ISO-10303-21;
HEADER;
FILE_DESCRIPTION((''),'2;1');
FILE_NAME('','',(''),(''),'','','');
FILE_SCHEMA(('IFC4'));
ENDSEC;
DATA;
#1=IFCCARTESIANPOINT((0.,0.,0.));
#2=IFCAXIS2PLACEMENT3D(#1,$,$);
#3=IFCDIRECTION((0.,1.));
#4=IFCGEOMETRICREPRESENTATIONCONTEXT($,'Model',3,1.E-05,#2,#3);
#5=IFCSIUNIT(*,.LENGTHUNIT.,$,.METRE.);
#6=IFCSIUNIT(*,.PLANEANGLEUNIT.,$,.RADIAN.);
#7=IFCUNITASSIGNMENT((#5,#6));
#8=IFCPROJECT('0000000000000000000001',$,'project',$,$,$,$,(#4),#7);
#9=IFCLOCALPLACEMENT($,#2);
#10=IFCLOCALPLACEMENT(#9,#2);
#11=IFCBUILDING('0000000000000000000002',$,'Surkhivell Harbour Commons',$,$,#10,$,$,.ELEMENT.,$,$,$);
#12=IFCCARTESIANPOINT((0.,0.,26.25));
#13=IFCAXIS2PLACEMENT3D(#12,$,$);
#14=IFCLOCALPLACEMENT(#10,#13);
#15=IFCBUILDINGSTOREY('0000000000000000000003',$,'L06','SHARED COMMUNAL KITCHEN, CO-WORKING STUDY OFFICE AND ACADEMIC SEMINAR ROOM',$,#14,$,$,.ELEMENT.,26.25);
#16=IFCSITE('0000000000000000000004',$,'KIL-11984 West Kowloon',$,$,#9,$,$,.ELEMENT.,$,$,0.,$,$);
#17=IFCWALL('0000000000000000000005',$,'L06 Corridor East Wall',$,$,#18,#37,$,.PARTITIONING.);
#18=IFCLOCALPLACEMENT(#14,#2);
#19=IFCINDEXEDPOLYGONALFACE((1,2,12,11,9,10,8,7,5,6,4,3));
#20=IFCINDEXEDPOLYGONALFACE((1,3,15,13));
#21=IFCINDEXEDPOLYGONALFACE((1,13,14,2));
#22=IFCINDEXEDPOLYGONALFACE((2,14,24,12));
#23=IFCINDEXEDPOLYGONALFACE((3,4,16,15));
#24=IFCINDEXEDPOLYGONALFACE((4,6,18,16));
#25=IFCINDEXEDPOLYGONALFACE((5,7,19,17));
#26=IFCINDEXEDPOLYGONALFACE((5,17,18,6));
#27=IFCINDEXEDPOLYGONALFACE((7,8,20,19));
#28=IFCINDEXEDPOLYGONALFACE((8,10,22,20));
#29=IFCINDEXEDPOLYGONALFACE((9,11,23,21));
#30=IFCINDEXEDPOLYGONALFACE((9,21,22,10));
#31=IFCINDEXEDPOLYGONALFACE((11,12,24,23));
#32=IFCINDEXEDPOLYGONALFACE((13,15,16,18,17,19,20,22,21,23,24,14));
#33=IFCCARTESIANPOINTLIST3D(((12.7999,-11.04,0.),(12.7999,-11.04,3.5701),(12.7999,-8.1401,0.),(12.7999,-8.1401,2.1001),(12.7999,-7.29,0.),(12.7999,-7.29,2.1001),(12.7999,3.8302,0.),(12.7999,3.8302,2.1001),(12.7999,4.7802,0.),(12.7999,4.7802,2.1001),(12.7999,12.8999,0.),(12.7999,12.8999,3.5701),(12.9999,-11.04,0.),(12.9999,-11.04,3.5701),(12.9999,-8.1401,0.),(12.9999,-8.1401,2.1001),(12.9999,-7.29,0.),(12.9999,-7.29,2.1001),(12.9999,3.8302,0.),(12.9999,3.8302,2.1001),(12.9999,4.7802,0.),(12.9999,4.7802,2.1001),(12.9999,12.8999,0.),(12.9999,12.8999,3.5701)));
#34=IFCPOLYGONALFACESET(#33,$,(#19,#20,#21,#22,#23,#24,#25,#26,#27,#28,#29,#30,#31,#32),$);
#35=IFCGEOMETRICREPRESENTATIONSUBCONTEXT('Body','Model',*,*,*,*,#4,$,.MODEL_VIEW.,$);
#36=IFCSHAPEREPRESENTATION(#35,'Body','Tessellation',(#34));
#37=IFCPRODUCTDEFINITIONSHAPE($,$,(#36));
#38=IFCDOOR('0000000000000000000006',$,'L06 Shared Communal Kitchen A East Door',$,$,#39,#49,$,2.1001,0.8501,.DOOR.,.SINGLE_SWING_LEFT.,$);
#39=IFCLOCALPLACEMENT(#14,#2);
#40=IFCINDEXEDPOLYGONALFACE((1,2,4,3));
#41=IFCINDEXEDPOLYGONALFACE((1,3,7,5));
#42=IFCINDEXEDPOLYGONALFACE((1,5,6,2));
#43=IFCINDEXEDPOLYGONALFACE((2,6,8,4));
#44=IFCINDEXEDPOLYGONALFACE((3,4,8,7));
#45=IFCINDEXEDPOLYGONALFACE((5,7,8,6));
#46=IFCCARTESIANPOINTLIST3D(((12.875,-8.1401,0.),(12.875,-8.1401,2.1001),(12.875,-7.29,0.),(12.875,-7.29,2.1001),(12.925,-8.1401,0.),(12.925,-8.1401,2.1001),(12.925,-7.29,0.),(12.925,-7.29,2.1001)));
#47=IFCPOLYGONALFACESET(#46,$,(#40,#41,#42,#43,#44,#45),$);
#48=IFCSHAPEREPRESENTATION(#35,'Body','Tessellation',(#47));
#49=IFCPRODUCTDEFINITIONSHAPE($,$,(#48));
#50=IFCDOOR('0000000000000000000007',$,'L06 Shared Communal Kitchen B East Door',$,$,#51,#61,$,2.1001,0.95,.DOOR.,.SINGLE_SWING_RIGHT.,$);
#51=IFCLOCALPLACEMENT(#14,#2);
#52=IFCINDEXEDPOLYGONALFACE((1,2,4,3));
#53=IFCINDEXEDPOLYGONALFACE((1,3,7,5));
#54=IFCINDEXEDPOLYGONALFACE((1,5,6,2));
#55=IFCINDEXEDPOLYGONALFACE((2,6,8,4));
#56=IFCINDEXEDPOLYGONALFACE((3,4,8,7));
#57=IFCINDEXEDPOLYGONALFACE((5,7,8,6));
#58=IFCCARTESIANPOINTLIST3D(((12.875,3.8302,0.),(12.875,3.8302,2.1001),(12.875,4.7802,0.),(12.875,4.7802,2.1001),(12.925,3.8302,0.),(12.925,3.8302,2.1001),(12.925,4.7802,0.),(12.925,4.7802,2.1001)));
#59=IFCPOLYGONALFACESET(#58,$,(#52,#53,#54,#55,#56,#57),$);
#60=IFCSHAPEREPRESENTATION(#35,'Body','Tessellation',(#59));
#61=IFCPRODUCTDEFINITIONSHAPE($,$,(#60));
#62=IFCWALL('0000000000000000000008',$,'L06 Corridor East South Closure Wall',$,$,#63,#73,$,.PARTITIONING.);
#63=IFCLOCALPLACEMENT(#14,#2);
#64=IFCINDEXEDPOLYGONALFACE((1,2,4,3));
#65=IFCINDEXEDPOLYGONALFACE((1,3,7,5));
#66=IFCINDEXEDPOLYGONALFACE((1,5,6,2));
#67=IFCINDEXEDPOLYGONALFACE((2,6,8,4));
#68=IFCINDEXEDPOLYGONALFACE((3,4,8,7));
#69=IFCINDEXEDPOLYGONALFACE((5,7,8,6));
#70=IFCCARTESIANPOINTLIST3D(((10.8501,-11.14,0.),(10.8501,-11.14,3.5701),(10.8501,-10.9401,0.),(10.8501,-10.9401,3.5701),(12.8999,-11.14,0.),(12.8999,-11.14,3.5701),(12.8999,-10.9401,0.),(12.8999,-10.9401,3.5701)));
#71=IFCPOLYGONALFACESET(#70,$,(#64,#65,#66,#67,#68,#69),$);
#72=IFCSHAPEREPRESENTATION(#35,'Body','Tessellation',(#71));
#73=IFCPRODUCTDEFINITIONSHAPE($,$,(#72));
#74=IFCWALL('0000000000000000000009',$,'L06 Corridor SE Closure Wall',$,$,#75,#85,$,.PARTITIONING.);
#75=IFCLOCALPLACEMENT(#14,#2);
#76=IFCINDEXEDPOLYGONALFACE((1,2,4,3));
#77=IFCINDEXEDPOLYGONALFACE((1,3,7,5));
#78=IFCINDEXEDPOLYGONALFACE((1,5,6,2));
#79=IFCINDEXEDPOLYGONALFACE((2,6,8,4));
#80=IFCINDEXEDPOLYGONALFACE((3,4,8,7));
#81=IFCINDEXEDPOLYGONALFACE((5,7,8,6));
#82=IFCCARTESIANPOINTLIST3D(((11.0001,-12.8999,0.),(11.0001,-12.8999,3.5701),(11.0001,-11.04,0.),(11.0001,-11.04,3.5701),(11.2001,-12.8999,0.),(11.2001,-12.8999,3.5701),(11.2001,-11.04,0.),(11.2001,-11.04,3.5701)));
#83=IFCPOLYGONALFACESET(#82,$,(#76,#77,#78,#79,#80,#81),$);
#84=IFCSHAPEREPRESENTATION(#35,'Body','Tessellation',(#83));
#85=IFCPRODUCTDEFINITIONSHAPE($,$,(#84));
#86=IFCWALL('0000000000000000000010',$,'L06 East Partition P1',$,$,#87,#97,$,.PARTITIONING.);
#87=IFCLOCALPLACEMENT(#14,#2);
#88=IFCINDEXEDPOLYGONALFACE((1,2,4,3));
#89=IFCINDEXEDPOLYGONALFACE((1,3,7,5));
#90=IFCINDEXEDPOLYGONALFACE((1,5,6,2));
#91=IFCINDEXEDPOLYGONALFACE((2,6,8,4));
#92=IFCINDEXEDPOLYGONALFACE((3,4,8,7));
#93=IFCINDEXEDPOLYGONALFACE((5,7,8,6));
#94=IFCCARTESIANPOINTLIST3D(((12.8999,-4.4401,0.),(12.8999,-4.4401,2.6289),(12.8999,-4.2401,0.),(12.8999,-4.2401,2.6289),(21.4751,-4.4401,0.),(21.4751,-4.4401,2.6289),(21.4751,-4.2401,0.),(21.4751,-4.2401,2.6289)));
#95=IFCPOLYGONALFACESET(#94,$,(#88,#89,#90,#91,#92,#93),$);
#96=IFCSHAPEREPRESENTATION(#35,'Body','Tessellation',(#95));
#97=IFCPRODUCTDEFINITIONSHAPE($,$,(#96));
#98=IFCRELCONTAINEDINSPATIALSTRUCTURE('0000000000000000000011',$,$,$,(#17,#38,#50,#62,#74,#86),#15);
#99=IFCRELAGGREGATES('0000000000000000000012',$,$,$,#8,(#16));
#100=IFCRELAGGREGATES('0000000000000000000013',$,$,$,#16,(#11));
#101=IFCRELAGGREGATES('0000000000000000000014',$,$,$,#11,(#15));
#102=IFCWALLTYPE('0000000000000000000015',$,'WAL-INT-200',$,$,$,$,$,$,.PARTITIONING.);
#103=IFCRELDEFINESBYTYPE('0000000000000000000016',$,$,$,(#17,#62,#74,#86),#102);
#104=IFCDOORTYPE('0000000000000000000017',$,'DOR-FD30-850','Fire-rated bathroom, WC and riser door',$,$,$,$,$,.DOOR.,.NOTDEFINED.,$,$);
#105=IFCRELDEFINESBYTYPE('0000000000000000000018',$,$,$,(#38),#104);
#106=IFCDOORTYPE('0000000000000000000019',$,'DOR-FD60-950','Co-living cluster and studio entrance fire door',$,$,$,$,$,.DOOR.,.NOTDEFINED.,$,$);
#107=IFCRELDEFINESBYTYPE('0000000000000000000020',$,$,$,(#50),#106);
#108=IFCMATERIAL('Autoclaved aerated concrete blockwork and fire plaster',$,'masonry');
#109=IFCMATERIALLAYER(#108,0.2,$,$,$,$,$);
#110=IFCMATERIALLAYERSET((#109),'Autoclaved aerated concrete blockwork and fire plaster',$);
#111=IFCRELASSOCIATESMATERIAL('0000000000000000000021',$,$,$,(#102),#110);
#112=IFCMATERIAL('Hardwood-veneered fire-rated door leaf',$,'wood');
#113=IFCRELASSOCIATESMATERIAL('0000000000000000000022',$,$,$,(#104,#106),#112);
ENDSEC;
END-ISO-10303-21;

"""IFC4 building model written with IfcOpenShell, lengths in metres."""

from ifc_helpers import new_model, si_unit, direction, frame, frame_2d, origin, place, context, subcontext, project, spatial, rectangle, extrude, material, layer, layer_set, type_object, element, fill, save


model = new_model("IFC4")

# Units and contexts
model_context = context("Model", 3, precision=1e-05, world=origin(), true_north=direction((0.0, 1.0)))
body_context = subcontext(model_context, "Body", "Model", "MODEL_VIEW")
ifc_project = project(units=[si_unit("LENGTHUNIT", "METRE"), si_unit("PLANEANGLEUNIT", "RADIAN")], contexts=[model_context])

# Site, building, storey
site_placement = place(None, origin())
site = spatial("IfcSite", under=ifc_project, at=site_placement, Name="KIL-11984 West Kowloon", CompositionType="ELEMENT", RefElevation=0.0)
building_placement = place(site_placement, origin())
building = spatial("IfcBuilding", under=site, at=building_placement, Name="Surkhivell Harbour Commons", CompositionType="ELEMENT")
storey_placement = place(building_placement, frame((0.0, 0.0, 26.25)))
storey = spatial("IfcBuildingStorey", under=building, at=storey_placement, Name="L06", Description="SHARED COMMUNAL KITCHEN, CO-WORKING STUDY OFFICE AND ACADEMIC SEMINAR ROOM", CompositionType="ELEMENT", Elevation=26.25)

# Shared definitions
ifc_material_1 = material(Name="Hardwood-veneered fire-rated door leaf", Category="wood")

# Shared definitions
ifc_material_2 = material(Name="Autoclaved aerated concrete blockwork and fire plaster", Category="masonry")
ifc_layer_1 = layer(ifc_material_2, 0.2)
ifc_layer_set_1 = layer_set([ifc_layer_1], Name="Autoclaved aerated concrete blockwork and fire plaster")
wall_type_1 = type_object("IfcWallType", Name="WAL-INT-200", PredefinedType="PARTITIONING", material=ifc_layer_set_1)

# Wall, openings, doors
wall_1_placement = place(storey_placement, frame((12.8999, -11.04, 0.0), z_axis=(0.0, 0.0, 1.0), x_axis=(0.0, 1.0, 0.0)))
wall_1 = element("IfcWall", 1, at=wall_1_placement, inside=storey, type_object=wall_type_1, Name="L06 Corridor East Wall", PredefinedType="PARTITIONING", context=body_context, shape_type="SweptSolid", body=[
    extrude(rectangle(XDim=23.9399, YDim=0.2, at=frame_2d((11.97, 0.0))), origin(), (0.0, 0.0, 1.0), 3.5701),
])
opening_1_placement = place(wall_1_placement, frame((2.8999, 0.0, 0.0)))
opening_1 = element("IfcOpeningElement", 2, at=opening_1_placement, cuts=wall_1, PredefinedType="OPENING", context=body_context, shape_type="SweptSolid", body=[
    extrude(rectangle(XDim=0.8501, YDim=2.1001, at=frame_2d((0.425, 1.05))), frame((0.0, 0.1099, 0.0), z_axis=(0.0, -1.0, 0.0), x_axis=(1.0, 0.0, 0.0)), (0.0, 0.0, 1.0), 0.22),
])
opening_2_placement = place(wall_1_placement, frame((14.8701, 0.0, 0.0)))
opening_2 = element("IfcOpeningElement", 3, at=opening_2_placement, cuts=wall_1, PredefinedType="OPENING", context=body_context, shape_type="SweptSolid", body=[
    extrude(rectangle(XDim=0.95, YDim=2.1001, at=frame_2d((0.4751, 1.05))), frame((0.0, 0.1099, 0.0), z_axis=(0.0, -1.0, 0.0), x_axis=(1.0, 0.0, 0.0)), (0.0, 0.0, 1.0), 0.22),
])
door_type_1 = type_object("IfcDoorType", Name="DOR-FD30-850", Description="Fire-rated bathroom, WC and riser door", OperationType="NOTDEFINED", PredefinedType="DOOR", material=ifc_material_1)
door_1_placement = place(opening_1_placement, origin())
door_1 = element("IfcDoor", 4, at=door_1_placement, inside=storey, type_object=door_type_1, Name="L06 Shared Communal Kitchen A East Door", OperationType="SINGLE_SWING_LEFT", OverallHeight=2.1001, OverallWidth=0.8501, PredefinedType="DOOR", context=body_context, shape_type="SweptSolid", body=[
    extrude(rectangle(XDim=0.8501, YDim=2.1001, at=frame_2d((0.425, 1.05))), frame((0.0, 0.0249, 0.0), z_axis=(0.0, -1.0, 0.0), x_axis=(1.0, 0.0, 0.0)), (0.0, 0.0, 1.0), 0.05),
])
fill(opening_1, door_1)
door_type_2 = type_object("IfcDoorType", Name="DOR-FD60-950", Description="Co-living cluster and studio entrance fire door", OperationType="NOTDEFINED", PredefinedType="DOOR", material=ifc_material_1)
door_2_placement = place(opening_2_placement, origin())
door_2 = element("IfcDoor", 5, at=door_2_placement, inside=storey, type_object=door_type_2, Name="L06 Shared Communal Kitchen B East Door", OperationType="SINGLE_SWING_RIGHT", OverallHeight=2.1001, OverallWidth=0.95, PredefinedType="DOOR", context=body_context, shape_type="SweptSolid", body=[
    extrude(rectangle(XDim=0.95, YDim=2.1001, at=frame_2d((0.4751, 1.05))), frame((0.0, 0.0249, 0.0), z_axis=(0.0, -1.0, 0.0), x_axis=(1.0, 0.0, 0.0)), (0.0, 0.0, 1.0), 0.05),
])
fill(opening_2, door_2)

# Walls
wall_2_placement = place(storey_placement, frame((10.8501, -11.04, 0.0), z_axis=(0.0, 0.0, 1.0), x_axis=(1.0, 0.0, 0.0)))
element("IfcWall", 6, at=wall_2_placement, inside=storey, type_object=wall_type_1, Name="L06 Corridor East South Closure Wall", PredefinedType="PARTITIONING", context=body_context, shape_type="SweptSolid", body=[
    extrude(rectangle(XDim=2.0498, YDim=0.2, at=frame_2d((1.0249, 0.0))), origin(), (0.0, 0.0, 1.0), 3.5701),
])
wall_3_placement = place(storey_placement, frame((11.1001, -12.8999, 0.0), z_axis=(0.0, 0.0, 1.0), x_axis=(0.0, 1.0, 0.0)))
element("IfcWall", 7, at=wall_3_placement, inside=storey, type_object=wall_type_1, Name="L06 Corridor SE Closure Wall", PredefinedType="PARTITIONING", context=body_context, shape_type="SweptSolid", body=[
    extrude(rectangle(XDim=1.8599, YDim=0.2, at=frame_2d((0.9299, 0.0))), origin(), (0.0, 0.0, 1.0), 3.5701),
])
wall_4_placement = place(storey_placement, frame((12.8999, -4.3401, 0.0), z_axis=(0.0, 0.0, 1.0), x_axis=(1.0, 0.0, 0.0)))
element("IfcWall", 8, at=wall_4_placement, inside=storey, type_object=wall_type_1, Name="L06 East Partition P1", PredefinedType="PARTITIONING", context=body_context, shape_type="SweptSolid", body=[
    extrude(rectangle(XDim=8.5752, YDim=0.2, at=frame_2d((4.2876, 0.0))), origin(), (0.0, 0.0, 1.0), 2.6289),
])

save(model, "model.ifc")
